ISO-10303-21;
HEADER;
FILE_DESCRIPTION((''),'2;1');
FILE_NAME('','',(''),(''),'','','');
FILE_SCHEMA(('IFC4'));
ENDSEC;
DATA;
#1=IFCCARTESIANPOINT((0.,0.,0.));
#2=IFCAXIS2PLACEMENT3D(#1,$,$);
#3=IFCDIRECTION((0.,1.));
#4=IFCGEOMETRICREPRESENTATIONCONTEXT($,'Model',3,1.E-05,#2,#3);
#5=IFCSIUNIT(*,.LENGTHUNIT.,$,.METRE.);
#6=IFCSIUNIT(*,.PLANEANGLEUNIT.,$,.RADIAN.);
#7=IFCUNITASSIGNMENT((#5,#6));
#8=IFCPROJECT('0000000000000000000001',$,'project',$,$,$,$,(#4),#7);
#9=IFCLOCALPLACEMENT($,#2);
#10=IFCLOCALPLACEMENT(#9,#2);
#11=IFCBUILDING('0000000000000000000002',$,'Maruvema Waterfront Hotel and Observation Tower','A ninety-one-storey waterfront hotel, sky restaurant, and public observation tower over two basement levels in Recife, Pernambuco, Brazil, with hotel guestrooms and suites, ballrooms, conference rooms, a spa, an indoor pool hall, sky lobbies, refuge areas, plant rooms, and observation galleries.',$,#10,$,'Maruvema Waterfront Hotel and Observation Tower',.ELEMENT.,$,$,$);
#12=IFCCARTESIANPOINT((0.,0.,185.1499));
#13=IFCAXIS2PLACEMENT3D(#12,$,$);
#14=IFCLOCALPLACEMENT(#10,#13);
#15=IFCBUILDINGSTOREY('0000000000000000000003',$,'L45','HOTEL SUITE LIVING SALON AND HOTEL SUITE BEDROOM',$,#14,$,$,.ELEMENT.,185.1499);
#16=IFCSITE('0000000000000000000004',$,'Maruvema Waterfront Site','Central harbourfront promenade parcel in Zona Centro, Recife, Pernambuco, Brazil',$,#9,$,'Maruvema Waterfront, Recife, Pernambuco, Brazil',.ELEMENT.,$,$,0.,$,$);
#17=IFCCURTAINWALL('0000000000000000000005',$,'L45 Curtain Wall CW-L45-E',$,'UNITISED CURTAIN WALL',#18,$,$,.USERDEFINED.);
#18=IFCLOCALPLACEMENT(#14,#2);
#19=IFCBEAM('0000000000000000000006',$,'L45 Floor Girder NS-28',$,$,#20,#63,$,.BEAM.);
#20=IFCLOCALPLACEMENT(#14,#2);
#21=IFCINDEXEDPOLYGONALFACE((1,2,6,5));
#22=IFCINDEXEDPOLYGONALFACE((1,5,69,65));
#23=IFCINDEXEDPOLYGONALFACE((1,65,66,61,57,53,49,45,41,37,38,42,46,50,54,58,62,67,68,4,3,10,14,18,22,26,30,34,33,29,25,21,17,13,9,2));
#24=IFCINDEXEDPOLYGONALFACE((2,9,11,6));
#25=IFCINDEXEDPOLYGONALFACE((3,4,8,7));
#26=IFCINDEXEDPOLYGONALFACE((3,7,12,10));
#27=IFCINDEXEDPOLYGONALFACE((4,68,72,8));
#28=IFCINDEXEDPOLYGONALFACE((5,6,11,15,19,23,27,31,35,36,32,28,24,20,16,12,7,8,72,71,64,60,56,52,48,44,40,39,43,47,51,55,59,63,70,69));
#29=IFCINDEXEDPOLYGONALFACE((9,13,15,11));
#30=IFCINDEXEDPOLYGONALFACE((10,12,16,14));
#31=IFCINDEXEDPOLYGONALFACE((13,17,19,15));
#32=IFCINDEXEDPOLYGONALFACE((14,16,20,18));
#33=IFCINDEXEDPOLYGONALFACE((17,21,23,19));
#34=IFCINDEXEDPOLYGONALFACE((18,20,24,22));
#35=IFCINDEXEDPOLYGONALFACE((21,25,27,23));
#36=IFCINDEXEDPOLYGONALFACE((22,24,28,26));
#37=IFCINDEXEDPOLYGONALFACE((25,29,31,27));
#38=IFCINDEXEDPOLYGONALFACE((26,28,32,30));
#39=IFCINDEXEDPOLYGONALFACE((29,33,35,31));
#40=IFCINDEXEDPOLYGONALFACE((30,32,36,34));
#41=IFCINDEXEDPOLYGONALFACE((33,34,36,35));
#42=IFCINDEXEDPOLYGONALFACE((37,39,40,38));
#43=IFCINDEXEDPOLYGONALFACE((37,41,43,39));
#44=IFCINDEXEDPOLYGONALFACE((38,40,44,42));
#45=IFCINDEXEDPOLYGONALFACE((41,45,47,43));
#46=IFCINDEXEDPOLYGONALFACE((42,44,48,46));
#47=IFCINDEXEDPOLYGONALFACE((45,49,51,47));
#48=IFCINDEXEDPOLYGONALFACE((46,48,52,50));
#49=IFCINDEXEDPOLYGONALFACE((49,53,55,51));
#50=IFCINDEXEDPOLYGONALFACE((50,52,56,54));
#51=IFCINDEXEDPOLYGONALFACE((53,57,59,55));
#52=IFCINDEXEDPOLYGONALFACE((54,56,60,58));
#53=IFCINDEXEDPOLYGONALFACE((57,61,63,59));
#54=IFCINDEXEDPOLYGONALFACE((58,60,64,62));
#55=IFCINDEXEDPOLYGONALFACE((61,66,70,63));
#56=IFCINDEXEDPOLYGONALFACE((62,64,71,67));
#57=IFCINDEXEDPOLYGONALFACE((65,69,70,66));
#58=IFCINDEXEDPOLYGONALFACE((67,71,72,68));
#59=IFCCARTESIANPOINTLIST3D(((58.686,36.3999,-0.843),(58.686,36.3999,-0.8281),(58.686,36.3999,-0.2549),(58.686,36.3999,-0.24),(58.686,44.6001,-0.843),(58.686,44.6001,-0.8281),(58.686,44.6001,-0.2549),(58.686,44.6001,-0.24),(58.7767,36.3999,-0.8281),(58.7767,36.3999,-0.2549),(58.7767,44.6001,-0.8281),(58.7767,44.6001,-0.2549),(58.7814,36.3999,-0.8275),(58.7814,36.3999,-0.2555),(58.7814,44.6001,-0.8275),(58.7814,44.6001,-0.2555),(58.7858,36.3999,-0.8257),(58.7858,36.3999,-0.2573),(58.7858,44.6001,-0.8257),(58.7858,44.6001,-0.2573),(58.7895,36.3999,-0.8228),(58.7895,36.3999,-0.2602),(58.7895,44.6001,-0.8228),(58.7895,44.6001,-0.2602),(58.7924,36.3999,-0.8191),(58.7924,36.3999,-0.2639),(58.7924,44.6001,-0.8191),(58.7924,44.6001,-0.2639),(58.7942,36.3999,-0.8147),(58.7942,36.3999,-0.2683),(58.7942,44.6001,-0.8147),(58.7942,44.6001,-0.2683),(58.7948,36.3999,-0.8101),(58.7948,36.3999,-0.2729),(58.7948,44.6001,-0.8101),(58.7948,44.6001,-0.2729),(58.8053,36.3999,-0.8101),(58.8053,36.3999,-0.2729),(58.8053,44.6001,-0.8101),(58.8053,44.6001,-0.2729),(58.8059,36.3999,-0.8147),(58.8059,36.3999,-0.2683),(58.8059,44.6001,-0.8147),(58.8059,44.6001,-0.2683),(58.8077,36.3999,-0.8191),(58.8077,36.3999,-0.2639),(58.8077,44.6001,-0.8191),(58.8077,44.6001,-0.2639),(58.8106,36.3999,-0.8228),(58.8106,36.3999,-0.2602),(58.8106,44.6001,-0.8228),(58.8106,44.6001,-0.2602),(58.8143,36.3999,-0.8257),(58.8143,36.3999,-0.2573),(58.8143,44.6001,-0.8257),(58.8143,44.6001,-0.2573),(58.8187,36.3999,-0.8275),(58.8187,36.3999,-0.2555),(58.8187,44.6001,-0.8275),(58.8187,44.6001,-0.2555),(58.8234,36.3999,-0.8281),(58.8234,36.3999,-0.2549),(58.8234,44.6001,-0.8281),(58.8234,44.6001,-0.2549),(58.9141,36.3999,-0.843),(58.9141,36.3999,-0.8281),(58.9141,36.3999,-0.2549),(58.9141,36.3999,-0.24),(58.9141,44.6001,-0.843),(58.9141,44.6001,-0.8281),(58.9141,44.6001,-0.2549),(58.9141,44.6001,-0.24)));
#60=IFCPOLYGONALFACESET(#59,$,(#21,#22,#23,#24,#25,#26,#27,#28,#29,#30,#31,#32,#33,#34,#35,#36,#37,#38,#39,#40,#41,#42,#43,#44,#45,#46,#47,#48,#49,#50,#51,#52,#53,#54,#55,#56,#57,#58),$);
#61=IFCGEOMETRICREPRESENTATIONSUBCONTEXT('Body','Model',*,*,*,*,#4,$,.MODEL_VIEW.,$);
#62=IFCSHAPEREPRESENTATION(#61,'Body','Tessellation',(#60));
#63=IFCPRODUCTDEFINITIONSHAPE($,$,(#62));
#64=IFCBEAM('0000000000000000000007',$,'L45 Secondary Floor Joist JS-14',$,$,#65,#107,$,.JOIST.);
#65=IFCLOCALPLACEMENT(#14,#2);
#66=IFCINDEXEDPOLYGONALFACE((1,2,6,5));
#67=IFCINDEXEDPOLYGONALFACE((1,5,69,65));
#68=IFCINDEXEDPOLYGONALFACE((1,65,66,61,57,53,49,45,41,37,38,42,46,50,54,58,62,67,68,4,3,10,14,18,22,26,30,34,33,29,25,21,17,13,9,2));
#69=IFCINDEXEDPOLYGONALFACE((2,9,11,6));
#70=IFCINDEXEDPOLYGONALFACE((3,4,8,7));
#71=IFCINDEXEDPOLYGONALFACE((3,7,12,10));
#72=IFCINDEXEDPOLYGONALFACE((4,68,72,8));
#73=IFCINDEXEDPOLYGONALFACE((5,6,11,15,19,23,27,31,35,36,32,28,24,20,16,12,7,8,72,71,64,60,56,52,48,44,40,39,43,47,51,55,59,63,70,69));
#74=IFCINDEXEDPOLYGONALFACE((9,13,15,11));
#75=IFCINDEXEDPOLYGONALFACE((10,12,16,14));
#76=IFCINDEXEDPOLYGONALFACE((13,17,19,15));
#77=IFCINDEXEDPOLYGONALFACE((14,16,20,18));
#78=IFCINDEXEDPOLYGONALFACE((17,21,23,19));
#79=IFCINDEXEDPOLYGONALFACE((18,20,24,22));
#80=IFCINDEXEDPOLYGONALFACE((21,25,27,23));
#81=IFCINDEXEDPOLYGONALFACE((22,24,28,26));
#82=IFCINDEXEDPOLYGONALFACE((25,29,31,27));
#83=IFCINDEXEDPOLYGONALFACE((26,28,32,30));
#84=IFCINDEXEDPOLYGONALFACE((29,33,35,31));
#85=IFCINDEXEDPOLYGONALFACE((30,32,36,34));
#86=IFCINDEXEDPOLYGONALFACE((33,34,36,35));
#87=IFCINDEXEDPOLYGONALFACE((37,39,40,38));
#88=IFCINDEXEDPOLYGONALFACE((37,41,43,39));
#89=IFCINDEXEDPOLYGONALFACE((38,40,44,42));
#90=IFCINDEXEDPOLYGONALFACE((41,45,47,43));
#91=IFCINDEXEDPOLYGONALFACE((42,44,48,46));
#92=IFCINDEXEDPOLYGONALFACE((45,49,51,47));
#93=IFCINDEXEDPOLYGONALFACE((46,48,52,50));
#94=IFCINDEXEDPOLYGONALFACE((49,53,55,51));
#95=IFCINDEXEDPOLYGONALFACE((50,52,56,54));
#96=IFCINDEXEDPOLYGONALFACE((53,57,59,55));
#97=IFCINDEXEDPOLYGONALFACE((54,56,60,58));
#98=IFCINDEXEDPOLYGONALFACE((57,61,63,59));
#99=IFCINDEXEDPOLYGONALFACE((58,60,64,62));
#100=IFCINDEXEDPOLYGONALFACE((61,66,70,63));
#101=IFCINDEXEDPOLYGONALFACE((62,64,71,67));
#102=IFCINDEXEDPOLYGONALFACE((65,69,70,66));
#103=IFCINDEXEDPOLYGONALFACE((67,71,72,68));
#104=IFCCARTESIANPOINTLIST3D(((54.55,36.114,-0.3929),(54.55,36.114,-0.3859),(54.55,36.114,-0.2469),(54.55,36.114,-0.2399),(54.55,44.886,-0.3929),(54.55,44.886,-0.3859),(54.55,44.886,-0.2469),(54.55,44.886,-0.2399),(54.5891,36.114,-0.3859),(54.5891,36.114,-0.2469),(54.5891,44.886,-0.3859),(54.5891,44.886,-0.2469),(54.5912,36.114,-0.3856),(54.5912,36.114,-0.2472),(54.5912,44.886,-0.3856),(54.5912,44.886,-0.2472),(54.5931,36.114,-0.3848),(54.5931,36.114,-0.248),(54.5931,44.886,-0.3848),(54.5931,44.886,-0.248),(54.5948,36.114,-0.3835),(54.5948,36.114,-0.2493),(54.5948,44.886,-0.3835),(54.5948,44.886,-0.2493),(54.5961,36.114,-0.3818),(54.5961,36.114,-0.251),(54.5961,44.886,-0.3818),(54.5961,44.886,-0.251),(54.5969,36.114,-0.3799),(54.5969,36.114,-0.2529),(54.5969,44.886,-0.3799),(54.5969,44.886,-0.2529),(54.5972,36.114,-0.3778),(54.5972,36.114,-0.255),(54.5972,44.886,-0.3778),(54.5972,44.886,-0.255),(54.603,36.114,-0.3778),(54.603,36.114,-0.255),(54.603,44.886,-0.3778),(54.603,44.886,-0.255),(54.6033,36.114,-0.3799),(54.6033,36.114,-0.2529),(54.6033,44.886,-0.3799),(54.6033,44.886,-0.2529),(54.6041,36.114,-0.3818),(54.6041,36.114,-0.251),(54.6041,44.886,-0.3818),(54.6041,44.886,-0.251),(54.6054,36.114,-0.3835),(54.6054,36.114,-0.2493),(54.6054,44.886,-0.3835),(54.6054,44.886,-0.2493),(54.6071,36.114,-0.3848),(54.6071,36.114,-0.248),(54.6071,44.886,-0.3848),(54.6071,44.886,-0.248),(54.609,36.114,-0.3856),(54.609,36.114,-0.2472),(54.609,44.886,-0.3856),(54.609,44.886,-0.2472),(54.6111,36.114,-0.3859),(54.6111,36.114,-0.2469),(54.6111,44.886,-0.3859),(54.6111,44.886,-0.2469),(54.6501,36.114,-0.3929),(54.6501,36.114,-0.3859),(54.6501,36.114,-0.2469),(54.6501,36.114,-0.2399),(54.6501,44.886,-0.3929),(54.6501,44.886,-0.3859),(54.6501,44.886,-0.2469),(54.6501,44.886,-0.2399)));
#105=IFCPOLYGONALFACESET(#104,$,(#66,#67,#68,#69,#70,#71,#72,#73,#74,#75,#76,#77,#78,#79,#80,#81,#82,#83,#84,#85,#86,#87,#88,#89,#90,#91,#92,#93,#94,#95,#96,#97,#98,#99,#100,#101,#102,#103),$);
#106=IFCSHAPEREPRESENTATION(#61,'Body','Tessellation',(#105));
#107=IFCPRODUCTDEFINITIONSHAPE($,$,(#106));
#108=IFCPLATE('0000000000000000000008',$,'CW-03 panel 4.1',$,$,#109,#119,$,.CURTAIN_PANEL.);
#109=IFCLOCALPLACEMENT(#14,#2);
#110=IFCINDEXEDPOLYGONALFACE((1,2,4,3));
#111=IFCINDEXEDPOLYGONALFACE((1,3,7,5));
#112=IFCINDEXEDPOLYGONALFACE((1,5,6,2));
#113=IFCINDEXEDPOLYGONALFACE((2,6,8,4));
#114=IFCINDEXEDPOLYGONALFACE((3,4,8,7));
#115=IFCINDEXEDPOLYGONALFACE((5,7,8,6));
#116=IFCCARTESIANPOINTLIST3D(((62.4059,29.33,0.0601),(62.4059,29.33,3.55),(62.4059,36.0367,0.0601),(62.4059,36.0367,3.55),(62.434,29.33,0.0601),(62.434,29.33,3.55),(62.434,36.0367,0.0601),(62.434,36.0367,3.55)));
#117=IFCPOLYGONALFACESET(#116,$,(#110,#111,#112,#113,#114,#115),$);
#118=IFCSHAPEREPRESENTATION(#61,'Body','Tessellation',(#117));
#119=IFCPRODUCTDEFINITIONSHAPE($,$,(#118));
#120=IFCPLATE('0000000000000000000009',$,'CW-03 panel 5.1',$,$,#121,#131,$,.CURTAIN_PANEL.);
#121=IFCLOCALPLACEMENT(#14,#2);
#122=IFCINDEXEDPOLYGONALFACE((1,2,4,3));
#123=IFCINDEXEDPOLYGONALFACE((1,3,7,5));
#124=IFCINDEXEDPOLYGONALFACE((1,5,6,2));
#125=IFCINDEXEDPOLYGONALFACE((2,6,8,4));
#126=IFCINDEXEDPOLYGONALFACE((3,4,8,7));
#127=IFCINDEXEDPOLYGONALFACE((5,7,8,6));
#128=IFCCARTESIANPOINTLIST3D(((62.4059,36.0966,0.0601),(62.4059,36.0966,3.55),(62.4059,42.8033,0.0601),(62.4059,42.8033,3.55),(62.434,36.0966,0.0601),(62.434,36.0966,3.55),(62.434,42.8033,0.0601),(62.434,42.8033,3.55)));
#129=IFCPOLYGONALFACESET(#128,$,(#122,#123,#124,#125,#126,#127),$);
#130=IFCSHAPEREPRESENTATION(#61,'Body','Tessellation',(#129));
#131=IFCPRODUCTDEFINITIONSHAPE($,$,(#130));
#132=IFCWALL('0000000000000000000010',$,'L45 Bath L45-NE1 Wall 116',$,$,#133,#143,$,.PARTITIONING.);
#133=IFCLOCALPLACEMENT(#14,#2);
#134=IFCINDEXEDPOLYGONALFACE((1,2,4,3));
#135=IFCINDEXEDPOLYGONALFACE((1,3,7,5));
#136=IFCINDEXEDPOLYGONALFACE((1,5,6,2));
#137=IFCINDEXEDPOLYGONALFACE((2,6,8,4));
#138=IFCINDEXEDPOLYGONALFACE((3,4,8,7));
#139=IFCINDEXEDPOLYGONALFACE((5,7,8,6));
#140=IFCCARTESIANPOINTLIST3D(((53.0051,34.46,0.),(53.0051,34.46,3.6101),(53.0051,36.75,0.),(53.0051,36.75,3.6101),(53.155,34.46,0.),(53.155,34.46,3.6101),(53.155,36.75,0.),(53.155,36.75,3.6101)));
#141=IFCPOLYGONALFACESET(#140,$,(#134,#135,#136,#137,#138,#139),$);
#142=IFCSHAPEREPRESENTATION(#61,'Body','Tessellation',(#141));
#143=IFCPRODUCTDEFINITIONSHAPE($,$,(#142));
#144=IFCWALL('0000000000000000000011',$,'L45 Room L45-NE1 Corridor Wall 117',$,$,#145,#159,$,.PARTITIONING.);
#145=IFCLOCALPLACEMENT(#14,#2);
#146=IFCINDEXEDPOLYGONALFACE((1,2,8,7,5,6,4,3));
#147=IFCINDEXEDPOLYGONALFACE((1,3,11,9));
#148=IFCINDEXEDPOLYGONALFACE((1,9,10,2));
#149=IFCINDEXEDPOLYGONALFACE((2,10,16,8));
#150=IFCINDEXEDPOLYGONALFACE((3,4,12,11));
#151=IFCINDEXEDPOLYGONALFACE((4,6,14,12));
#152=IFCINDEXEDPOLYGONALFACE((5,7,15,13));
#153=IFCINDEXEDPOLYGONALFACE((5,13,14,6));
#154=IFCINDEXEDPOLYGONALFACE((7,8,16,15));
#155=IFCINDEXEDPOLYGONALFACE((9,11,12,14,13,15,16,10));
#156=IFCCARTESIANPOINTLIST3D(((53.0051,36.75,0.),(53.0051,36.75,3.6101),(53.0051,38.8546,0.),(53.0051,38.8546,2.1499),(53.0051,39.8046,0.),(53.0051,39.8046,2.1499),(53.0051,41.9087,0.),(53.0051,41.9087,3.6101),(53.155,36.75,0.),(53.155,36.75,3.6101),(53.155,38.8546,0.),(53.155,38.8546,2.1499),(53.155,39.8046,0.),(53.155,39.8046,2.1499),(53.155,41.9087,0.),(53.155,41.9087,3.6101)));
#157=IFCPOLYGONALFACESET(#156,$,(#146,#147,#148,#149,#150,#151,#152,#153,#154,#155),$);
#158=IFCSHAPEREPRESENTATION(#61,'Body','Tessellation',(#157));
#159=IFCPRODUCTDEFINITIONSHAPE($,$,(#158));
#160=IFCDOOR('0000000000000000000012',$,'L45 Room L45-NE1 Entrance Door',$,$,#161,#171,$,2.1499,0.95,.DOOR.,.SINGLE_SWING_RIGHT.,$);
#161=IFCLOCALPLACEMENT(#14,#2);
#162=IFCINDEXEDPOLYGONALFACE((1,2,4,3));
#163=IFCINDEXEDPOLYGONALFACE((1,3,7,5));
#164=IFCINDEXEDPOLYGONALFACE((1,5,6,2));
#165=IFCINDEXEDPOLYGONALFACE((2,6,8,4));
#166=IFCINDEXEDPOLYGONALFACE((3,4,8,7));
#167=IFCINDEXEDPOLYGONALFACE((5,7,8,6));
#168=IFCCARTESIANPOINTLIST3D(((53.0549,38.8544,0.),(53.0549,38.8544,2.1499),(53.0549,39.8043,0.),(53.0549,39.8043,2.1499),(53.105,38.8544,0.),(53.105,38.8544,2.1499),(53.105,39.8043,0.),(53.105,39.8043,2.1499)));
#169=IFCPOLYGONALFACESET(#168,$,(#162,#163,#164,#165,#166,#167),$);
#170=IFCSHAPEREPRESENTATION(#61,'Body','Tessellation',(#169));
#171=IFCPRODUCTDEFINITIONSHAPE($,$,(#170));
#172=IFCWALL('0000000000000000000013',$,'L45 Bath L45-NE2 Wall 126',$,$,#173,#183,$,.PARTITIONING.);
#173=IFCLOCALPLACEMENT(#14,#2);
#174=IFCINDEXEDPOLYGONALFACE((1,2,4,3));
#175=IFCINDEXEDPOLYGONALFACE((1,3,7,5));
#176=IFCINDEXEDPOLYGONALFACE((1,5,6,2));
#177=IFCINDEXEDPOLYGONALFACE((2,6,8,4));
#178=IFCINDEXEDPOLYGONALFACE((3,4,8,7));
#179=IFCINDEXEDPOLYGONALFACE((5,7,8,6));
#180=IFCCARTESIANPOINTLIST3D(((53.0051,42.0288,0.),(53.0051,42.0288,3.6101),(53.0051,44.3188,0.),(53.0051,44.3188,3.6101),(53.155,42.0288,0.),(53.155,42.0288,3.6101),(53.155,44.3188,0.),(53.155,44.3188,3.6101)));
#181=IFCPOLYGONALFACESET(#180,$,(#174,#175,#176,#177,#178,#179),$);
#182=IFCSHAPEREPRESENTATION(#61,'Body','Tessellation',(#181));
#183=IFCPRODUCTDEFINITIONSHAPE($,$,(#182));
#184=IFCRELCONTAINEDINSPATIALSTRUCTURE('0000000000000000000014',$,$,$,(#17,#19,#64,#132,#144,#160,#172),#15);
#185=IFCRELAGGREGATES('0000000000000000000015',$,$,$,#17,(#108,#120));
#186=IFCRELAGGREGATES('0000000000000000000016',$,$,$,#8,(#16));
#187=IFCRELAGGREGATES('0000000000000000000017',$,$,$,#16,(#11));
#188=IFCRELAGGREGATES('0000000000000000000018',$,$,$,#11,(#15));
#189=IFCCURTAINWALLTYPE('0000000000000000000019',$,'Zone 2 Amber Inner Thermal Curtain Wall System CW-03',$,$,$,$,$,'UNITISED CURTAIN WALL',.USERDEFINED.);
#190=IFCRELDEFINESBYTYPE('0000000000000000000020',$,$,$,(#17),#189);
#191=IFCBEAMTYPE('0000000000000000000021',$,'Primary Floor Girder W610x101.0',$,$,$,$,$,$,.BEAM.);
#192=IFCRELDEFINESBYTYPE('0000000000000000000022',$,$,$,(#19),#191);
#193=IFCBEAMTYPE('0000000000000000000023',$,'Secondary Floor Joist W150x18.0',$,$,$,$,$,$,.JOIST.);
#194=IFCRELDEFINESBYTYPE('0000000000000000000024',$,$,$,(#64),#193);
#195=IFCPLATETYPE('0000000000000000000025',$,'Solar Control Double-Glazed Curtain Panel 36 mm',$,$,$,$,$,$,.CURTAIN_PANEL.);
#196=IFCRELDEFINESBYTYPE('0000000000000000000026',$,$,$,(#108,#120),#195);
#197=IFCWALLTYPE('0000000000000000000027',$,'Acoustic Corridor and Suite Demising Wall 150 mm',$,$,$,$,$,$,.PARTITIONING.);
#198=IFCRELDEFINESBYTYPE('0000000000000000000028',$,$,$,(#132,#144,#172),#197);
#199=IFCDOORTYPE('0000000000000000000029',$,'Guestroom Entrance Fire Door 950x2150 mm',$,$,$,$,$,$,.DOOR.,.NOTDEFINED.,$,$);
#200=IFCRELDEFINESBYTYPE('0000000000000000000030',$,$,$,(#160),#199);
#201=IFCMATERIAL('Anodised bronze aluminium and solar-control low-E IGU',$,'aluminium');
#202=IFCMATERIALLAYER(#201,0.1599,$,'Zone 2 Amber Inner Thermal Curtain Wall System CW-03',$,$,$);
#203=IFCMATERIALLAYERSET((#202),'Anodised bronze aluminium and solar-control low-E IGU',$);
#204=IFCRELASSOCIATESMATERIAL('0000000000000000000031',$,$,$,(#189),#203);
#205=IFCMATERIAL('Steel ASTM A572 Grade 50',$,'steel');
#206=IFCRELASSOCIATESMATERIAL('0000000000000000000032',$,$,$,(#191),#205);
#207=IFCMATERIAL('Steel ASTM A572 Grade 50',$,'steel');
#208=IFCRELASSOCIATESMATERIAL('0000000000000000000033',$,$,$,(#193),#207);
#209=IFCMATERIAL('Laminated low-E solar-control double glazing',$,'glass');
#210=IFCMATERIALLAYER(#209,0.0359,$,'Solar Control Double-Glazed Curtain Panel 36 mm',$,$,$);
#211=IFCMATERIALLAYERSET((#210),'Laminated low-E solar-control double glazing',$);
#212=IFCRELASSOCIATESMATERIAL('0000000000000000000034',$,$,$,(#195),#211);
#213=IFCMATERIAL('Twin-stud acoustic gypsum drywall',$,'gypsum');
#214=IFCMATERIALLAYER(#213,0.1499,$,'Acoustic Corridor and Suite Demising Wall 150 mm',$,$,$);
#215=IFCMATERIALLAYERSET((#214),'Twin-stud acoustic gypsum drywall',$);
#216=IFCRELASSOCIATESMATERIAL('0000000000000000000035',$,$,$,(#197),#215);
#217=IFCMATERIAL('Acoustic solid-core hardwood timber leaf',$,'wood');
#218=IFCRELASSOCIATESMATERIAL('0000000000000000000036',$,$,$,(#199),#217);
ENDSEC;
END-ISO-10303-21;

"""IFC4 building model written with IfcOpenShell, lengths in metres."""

from ifc_helpers import new_model, si_unit, direction, frame, frame_2d, origin, origin_2d, place, context, subcontext, project, spatial, rectangle, i_section, extrude, material, layer, layer_set, material_profile, profile_set, type_object, element, fill, aggregate, save


model = new_model("IFC4")

# Units and contexts
model_context = context("Model", 3, precision=1e-05, world=origin(), true_north=direction((0.0, 1.0)))
body_context = subcontext(model_context, "Body", "Model", "MODEL_VIEW")
ifc_project = project(units=[si_unit("LENGTHUNIT", "METRE"), si_unit("PLANEANGLEUNIT", "RADIAN")], contexts=[model_context])

# Site, building, storey
site_placement = place(None, origin())
site = spatial("IfcSite", under=ifc_project, at=site_placement, Name="Maruvema Waterfront Site", Description="Central harbourfront promenade parcel in Zona Centro, Recife, Pernambuco, Brazil", LongName="Maruvema Waterfront, Recife, Pernambuco, Brazil", CompositionType="ELEMENT", RefElevation=0.0)
building_placement = place(site_placement, origin())
building = spatial("IfcBuilding", under=site, at=building_placement, Name="Maruvema Waterfront Hotel and Observation Tower", Description="A ninety-one-storey waterfront hotel, sky restaurant, and public observation tower over two basement levels in Recife, Pernambuco, Brazil, with hotel guestrooms and suites, ballrooms, conference rooms, a spa, an indoor pool hall, sky lobbies, refuge areas, plant rooms, and observation galleries.", LongName="Maruvema Waterfront Hotel and Observation Tower", CompositionType="ELEMENT")
storey_placement = place(building_placement, frame((0.0, 0.0, 185.1499)))
storey = spatial("IfcBuildingStorey", under=building, at=storey_placement, Name="L45", Description="HOTEL SUITE LIVING SALON AND HOTEL SUITE BEDROOM", CompositionType="ELEMENT", Elevation=185.1499)

# Curtain wall
ifc_material_1 = material(Name="Anodised bronze aluminium and solar-control low-E IGU", Category="aluminium")
ifc_layer_1 = layer(ifc_material_1, 0.1599, Name="Zone 2 Amber Inner Thermal Curtain Wall System CW-03")
ifc_layer_set_1 = layer_set([ifc_layer_1], Name="Anodised bronze aluminium and solar-control low-E IGU")
curtain_wall_type = type_object("IfcCurtainWallType", Name="Zone 2 Amber Inner Thermal Curtain Wall System CW-03", ElementType="UNITISED CURTAIN WALL", PredefinedType="USERDEFINED", material=ifc_layer_set_1)
curtain_wall_placement = place(storey_placement, origin())
curtain_wall = element("IfcCurtainWall", 1, at=curtain_wall_placement, inside=storey, type_object=curtain_wall_type, Name="L45 Curtain Wall CW-L45-E", ObjectType="UNITISED CURTAIN WALL", PredefinedType="USERDEFINED")

# Beams
ifc_material_2 = material(Name="Steel ASTM A572 Grade 50", Category="steel")
ifc_material_profile_1 = material_profile(ifc_material_2, i_section(OverallWidth=0.228, OverallDepth=0.603, WebThickness=0.0105, FlangeThickness=0.0149, FilletRadius=0.0181, at=origin_2d()), Name="W610x101.0")
ifc_profile_set_1 = profile_set([ifc_material_profile_1], Name="Steel ASTM A572 Grade 50")
beam_type_1 = type_object("IfcBeamType", Name="Primary Floor Girder W610x101.0", PredefinedType="BEAM", material=ifc_profile_set_1)
beam_1_placement = place(storey_placement, frame((58.8, 36.3999, -0.5415), z_axis=(0.0, 1.0, 0.0), x_axis=(-1.0, 0.0, 0.0)))
element("IfcBeam", 2, at=beam_1_placement, inside=storey, type_object=beam_type_1, Name="L45 Floor Girder NS-28", PredefinedType="BEAM", context=body_context, shape_type="SweptSolid", body=[
    extrude(i_section(OverallWidth=0.228, OverallDepth=0.603, WebThickness=0.0105, FlangeThickness=0.0149, FilletRadius=0.0181, at=origin_2d()), origin(), (0.0, 0.0, 1.0), 8.2002),
])
ifc_material_3 = material(Name="Steel ASTM A572 Grade 50", Category="steel")
ifc_material_profile_2 = material_profile(ifc_material_3, i_section(OverallWidth=0.1001, OverallDepth=0.1531, WebThickness=0.0059, FlangeThickness=0.0071, FilletRadius=0.0081, at=origin_2d()), Name="W150x18.0")
ifc_profile_set_2 = profile_set([ifc_material_profile_2], Name="Steel ASTM A572 Grade 50")
beam_type_2 = type_object("IfcBeamType", Name="Secondary Floor Joist W150x18.0", PredefinedType="JOIST", material=ifc_profile_set_2)
beam_2_placement = place(storey_placement, frame((54.6001, 36.114, -0.3164), z_axis=(0.0, 1.0, 0.0), x_axis=(-1.0, 0.0, 0.0)))
element("IfcBeam", 3, at=beam_2_placement, inside=storey, type_object=beam_type_2, Name="L45 Secondary Floor Joist JS-14", PredefinedType="JOIST", context=body_context, shape_type="SweptSolid", body=[
    extrude(i_section(OverallWidth=0.1001, OverallDepth=0.1531, WebThickness=0.0059, FlangeThickness=0.0071, FilletRadius=0.0081, at=origin_2d()), origin(), (0.0, 0.0, 1.0), 8.772),
])

# Plates
ifc_material_4 = material(Name="Laminated low-E solar-control double glazing", Category="glass")
ifc_layer_2 = layer(ifc_material_4, 0.0359, Name="Solar Control Double-Glazed Curtain Panel 36 mm")
ifc_layer_set_2 = layer_set([ifc_layer_2], Name="Laminated low-E solar-control double glazing")
plate_type = type_object("IfcPlateType", Name="Solar Control Double-Glazed Curtain Panel 36 mm", PredefinedType="CURTAIN_PANEL", material=ifc_layer_set_2)
plate_1_placement = place(storey_placement, frame((62.4199, 32.6833, 0.0601), z_axis=(0.0, 0.0, 1.0), x_axis=(0.0, 1.0, 0.0)))
plate_1 = element("IfcPlate", 4, at=plate_1_placement, type_object=plate_type, Name="CW-03 panel 4.1", PredefinedType="CURTAIN_PANEL", context=body_context, shape_type="SweptSolid", body=[
    extrude(rectangle(XDim=6.7068, YDim=0.0281, at=origin_2d()), origin(), (0.0, 0.0, 1.0), 3.49),
])
plate_2_placement = place(storey_placement, frame((62.4199, 39.45, 0.0601), z_axis=(0.0, 0.0, 1.0), x_axis=(0.0, 1.0, 0.0)))
plate_2 = element("IfcPlate", 5, at=plate_2_placement, type_object=plate_type, Name="CW-03 panel 5.1", PredefinedType="CURTAIN_PANEL", context=body_context, shape_type="SweptSolid", body=[
    extrude(rectangle(XDim=6.7068, YDim=0.0281, at=origin_2d()), origin(), (0.0, 0.0, 1.0), 3.49),
])
aggregate(curtain_wall, [plate_1, plate_2])

# Wall
ifc_material_5 = material(Name="Twin-stud acoustic gypsum drywall", Category="gypsum")
ifc_layer_3 = layer(ifc_material_5, 0.1499, Name="Acoustic Corridor and Suite Demising Wall 150 mm")
ifc_layer_set_3 = layer_set([ifc_layer_3], Name="Twin-stud acoustic gypsum drywall")
wall_type_1 = type_object("IfcWallType", Name="Acoustic Corridor and Suite Demising Wall 150 mm", PredefinedType="PARTITIONING", material=ifc_layer_set_3)
wall_1_placement = place(storey_placement, frame((53.0801, 34.46, 0.0), z_axis=(0.0, 0.0, 1.0), x_axis=(0.0, 1.0, 0.0)))
element("IfcWall", 6, at=wall_1_placement, inside=storey, type_object=wall_type_1, Name="L45 Bath L45-NE1 Wall 116", PredefinedType="PARTITIONING", context=body_context, shape_type="SweptSolid", body=[
    extrude(rectangle(XDim=2.29, YDim=0.1499, at=frame_2d((1.145, 0.0))), origin(), (0.0, 0.0, 1.0), 3.6101),
])

# Wall, opening, door
wall_2_placement = place(storey_placement, frame((53.0801, 36.75, 0.0), z_axis=(0.0, 0.0, 1.0), x_axis=(0.0, 1.0, 0.0)))
wall_2 = element("IfcWall", 7, at=wall_2_placement, inside=storey, type_object=wall_type_1, Name="L45 Room L45-NE1 Corridor Wall 117", PredefinedType="PARTITIONING", context=body_context, shape_type="SweptSolid", body=[
    extrude(rectangle(XDim=5.1587, YDim=0.1499, at=frame_2d((2.5793, 0.0))), origin(), (0.0, 0.0, 1.0), 3.6101),
])
opening_1_placement = place(wall_2_placement, frame((2.1045, 0.0, 0.0)))
opening_1 = element("IfcOpeningElement", 8, at=opening_1_placement, cuts=wall_2, PredefinedType="OPENING", context=body_context, shape_type="SweptSolid", body=[
    extrude(rectangle(XDim=0.95, YDim=2.1499, at=frame_2d((0.4751, 1.075))), frame((0.0, 0.085, 0.0), z_axis=(0.0, -1.0, 0.0), x_axis=(1.0, 0.0, 0.0)), (0.0, 0.0, 1.0), 0.1699),
])
ifc_material_6 = material(Name="Acoustic solid-core hardwood timber leaf", Category="wood")
door_type_1 = type_object("IfcDoorType", Name="Guestroom Entrance Fire Door 950x2150 mm", OperationType="NOTDEFINED", PredefinedType="DOOR", material=ifc_material_6)
door_1_placement = place(opening_1_placement, frame((0.95, 0.0, 0.0), z_axis=(0.0, 0.0, 1.0), x_axis=(-1.0, 0.0, 0.0)))
door_1 = element("IfcDoor", 9, at=door_1_placement, inside=storey, type_object=door_type_1, Name="L45 Room L45-NE1 Entrance Door", OperationType="SINGLE_SWING_RIGHT", OverallHeight=2.1499, OverallWidth=0.95, PredefinedType="DOOR", context=body_context, shape_type="SweptSolid", body=[
    extrude(rectangle(XDim=0.95, YDim=2.1499, at=frame_2d((0.4751, 1.075))), frame((0.0, 0.0249, 0.0), z_axis=(0.0, -1.0, 0.0), x_axis=(1.0, 0.0, 0.0)), (0.0, 0.0, 1.0), 0.05),
])
fill(opening_1, door_1)

# Wall
wall_3_placement = place(storey_placement, frame((53.0801, 42.0288, 0.0), z_axis=(0.0, 0.0, 1.0), x_axis=(0.0, 1.0, 0.0)))
element("IfcWall", 10, at=wall_3_placement, inside=storey, type_object=wall_type_1, Name="L45 Bath L45-NE2 Wall 126", PredefinedType="PARTITIONING", context=body_context, shape_type="SweptSolid", body=[
    extrude(rectangle(XDim=2.29, YDim=0.1499, at=frame_2d((1.145, 0.0))), origin(), (0.0, 0.0, 1.0), 3.6101),
])

save(model, "model.ifc")
